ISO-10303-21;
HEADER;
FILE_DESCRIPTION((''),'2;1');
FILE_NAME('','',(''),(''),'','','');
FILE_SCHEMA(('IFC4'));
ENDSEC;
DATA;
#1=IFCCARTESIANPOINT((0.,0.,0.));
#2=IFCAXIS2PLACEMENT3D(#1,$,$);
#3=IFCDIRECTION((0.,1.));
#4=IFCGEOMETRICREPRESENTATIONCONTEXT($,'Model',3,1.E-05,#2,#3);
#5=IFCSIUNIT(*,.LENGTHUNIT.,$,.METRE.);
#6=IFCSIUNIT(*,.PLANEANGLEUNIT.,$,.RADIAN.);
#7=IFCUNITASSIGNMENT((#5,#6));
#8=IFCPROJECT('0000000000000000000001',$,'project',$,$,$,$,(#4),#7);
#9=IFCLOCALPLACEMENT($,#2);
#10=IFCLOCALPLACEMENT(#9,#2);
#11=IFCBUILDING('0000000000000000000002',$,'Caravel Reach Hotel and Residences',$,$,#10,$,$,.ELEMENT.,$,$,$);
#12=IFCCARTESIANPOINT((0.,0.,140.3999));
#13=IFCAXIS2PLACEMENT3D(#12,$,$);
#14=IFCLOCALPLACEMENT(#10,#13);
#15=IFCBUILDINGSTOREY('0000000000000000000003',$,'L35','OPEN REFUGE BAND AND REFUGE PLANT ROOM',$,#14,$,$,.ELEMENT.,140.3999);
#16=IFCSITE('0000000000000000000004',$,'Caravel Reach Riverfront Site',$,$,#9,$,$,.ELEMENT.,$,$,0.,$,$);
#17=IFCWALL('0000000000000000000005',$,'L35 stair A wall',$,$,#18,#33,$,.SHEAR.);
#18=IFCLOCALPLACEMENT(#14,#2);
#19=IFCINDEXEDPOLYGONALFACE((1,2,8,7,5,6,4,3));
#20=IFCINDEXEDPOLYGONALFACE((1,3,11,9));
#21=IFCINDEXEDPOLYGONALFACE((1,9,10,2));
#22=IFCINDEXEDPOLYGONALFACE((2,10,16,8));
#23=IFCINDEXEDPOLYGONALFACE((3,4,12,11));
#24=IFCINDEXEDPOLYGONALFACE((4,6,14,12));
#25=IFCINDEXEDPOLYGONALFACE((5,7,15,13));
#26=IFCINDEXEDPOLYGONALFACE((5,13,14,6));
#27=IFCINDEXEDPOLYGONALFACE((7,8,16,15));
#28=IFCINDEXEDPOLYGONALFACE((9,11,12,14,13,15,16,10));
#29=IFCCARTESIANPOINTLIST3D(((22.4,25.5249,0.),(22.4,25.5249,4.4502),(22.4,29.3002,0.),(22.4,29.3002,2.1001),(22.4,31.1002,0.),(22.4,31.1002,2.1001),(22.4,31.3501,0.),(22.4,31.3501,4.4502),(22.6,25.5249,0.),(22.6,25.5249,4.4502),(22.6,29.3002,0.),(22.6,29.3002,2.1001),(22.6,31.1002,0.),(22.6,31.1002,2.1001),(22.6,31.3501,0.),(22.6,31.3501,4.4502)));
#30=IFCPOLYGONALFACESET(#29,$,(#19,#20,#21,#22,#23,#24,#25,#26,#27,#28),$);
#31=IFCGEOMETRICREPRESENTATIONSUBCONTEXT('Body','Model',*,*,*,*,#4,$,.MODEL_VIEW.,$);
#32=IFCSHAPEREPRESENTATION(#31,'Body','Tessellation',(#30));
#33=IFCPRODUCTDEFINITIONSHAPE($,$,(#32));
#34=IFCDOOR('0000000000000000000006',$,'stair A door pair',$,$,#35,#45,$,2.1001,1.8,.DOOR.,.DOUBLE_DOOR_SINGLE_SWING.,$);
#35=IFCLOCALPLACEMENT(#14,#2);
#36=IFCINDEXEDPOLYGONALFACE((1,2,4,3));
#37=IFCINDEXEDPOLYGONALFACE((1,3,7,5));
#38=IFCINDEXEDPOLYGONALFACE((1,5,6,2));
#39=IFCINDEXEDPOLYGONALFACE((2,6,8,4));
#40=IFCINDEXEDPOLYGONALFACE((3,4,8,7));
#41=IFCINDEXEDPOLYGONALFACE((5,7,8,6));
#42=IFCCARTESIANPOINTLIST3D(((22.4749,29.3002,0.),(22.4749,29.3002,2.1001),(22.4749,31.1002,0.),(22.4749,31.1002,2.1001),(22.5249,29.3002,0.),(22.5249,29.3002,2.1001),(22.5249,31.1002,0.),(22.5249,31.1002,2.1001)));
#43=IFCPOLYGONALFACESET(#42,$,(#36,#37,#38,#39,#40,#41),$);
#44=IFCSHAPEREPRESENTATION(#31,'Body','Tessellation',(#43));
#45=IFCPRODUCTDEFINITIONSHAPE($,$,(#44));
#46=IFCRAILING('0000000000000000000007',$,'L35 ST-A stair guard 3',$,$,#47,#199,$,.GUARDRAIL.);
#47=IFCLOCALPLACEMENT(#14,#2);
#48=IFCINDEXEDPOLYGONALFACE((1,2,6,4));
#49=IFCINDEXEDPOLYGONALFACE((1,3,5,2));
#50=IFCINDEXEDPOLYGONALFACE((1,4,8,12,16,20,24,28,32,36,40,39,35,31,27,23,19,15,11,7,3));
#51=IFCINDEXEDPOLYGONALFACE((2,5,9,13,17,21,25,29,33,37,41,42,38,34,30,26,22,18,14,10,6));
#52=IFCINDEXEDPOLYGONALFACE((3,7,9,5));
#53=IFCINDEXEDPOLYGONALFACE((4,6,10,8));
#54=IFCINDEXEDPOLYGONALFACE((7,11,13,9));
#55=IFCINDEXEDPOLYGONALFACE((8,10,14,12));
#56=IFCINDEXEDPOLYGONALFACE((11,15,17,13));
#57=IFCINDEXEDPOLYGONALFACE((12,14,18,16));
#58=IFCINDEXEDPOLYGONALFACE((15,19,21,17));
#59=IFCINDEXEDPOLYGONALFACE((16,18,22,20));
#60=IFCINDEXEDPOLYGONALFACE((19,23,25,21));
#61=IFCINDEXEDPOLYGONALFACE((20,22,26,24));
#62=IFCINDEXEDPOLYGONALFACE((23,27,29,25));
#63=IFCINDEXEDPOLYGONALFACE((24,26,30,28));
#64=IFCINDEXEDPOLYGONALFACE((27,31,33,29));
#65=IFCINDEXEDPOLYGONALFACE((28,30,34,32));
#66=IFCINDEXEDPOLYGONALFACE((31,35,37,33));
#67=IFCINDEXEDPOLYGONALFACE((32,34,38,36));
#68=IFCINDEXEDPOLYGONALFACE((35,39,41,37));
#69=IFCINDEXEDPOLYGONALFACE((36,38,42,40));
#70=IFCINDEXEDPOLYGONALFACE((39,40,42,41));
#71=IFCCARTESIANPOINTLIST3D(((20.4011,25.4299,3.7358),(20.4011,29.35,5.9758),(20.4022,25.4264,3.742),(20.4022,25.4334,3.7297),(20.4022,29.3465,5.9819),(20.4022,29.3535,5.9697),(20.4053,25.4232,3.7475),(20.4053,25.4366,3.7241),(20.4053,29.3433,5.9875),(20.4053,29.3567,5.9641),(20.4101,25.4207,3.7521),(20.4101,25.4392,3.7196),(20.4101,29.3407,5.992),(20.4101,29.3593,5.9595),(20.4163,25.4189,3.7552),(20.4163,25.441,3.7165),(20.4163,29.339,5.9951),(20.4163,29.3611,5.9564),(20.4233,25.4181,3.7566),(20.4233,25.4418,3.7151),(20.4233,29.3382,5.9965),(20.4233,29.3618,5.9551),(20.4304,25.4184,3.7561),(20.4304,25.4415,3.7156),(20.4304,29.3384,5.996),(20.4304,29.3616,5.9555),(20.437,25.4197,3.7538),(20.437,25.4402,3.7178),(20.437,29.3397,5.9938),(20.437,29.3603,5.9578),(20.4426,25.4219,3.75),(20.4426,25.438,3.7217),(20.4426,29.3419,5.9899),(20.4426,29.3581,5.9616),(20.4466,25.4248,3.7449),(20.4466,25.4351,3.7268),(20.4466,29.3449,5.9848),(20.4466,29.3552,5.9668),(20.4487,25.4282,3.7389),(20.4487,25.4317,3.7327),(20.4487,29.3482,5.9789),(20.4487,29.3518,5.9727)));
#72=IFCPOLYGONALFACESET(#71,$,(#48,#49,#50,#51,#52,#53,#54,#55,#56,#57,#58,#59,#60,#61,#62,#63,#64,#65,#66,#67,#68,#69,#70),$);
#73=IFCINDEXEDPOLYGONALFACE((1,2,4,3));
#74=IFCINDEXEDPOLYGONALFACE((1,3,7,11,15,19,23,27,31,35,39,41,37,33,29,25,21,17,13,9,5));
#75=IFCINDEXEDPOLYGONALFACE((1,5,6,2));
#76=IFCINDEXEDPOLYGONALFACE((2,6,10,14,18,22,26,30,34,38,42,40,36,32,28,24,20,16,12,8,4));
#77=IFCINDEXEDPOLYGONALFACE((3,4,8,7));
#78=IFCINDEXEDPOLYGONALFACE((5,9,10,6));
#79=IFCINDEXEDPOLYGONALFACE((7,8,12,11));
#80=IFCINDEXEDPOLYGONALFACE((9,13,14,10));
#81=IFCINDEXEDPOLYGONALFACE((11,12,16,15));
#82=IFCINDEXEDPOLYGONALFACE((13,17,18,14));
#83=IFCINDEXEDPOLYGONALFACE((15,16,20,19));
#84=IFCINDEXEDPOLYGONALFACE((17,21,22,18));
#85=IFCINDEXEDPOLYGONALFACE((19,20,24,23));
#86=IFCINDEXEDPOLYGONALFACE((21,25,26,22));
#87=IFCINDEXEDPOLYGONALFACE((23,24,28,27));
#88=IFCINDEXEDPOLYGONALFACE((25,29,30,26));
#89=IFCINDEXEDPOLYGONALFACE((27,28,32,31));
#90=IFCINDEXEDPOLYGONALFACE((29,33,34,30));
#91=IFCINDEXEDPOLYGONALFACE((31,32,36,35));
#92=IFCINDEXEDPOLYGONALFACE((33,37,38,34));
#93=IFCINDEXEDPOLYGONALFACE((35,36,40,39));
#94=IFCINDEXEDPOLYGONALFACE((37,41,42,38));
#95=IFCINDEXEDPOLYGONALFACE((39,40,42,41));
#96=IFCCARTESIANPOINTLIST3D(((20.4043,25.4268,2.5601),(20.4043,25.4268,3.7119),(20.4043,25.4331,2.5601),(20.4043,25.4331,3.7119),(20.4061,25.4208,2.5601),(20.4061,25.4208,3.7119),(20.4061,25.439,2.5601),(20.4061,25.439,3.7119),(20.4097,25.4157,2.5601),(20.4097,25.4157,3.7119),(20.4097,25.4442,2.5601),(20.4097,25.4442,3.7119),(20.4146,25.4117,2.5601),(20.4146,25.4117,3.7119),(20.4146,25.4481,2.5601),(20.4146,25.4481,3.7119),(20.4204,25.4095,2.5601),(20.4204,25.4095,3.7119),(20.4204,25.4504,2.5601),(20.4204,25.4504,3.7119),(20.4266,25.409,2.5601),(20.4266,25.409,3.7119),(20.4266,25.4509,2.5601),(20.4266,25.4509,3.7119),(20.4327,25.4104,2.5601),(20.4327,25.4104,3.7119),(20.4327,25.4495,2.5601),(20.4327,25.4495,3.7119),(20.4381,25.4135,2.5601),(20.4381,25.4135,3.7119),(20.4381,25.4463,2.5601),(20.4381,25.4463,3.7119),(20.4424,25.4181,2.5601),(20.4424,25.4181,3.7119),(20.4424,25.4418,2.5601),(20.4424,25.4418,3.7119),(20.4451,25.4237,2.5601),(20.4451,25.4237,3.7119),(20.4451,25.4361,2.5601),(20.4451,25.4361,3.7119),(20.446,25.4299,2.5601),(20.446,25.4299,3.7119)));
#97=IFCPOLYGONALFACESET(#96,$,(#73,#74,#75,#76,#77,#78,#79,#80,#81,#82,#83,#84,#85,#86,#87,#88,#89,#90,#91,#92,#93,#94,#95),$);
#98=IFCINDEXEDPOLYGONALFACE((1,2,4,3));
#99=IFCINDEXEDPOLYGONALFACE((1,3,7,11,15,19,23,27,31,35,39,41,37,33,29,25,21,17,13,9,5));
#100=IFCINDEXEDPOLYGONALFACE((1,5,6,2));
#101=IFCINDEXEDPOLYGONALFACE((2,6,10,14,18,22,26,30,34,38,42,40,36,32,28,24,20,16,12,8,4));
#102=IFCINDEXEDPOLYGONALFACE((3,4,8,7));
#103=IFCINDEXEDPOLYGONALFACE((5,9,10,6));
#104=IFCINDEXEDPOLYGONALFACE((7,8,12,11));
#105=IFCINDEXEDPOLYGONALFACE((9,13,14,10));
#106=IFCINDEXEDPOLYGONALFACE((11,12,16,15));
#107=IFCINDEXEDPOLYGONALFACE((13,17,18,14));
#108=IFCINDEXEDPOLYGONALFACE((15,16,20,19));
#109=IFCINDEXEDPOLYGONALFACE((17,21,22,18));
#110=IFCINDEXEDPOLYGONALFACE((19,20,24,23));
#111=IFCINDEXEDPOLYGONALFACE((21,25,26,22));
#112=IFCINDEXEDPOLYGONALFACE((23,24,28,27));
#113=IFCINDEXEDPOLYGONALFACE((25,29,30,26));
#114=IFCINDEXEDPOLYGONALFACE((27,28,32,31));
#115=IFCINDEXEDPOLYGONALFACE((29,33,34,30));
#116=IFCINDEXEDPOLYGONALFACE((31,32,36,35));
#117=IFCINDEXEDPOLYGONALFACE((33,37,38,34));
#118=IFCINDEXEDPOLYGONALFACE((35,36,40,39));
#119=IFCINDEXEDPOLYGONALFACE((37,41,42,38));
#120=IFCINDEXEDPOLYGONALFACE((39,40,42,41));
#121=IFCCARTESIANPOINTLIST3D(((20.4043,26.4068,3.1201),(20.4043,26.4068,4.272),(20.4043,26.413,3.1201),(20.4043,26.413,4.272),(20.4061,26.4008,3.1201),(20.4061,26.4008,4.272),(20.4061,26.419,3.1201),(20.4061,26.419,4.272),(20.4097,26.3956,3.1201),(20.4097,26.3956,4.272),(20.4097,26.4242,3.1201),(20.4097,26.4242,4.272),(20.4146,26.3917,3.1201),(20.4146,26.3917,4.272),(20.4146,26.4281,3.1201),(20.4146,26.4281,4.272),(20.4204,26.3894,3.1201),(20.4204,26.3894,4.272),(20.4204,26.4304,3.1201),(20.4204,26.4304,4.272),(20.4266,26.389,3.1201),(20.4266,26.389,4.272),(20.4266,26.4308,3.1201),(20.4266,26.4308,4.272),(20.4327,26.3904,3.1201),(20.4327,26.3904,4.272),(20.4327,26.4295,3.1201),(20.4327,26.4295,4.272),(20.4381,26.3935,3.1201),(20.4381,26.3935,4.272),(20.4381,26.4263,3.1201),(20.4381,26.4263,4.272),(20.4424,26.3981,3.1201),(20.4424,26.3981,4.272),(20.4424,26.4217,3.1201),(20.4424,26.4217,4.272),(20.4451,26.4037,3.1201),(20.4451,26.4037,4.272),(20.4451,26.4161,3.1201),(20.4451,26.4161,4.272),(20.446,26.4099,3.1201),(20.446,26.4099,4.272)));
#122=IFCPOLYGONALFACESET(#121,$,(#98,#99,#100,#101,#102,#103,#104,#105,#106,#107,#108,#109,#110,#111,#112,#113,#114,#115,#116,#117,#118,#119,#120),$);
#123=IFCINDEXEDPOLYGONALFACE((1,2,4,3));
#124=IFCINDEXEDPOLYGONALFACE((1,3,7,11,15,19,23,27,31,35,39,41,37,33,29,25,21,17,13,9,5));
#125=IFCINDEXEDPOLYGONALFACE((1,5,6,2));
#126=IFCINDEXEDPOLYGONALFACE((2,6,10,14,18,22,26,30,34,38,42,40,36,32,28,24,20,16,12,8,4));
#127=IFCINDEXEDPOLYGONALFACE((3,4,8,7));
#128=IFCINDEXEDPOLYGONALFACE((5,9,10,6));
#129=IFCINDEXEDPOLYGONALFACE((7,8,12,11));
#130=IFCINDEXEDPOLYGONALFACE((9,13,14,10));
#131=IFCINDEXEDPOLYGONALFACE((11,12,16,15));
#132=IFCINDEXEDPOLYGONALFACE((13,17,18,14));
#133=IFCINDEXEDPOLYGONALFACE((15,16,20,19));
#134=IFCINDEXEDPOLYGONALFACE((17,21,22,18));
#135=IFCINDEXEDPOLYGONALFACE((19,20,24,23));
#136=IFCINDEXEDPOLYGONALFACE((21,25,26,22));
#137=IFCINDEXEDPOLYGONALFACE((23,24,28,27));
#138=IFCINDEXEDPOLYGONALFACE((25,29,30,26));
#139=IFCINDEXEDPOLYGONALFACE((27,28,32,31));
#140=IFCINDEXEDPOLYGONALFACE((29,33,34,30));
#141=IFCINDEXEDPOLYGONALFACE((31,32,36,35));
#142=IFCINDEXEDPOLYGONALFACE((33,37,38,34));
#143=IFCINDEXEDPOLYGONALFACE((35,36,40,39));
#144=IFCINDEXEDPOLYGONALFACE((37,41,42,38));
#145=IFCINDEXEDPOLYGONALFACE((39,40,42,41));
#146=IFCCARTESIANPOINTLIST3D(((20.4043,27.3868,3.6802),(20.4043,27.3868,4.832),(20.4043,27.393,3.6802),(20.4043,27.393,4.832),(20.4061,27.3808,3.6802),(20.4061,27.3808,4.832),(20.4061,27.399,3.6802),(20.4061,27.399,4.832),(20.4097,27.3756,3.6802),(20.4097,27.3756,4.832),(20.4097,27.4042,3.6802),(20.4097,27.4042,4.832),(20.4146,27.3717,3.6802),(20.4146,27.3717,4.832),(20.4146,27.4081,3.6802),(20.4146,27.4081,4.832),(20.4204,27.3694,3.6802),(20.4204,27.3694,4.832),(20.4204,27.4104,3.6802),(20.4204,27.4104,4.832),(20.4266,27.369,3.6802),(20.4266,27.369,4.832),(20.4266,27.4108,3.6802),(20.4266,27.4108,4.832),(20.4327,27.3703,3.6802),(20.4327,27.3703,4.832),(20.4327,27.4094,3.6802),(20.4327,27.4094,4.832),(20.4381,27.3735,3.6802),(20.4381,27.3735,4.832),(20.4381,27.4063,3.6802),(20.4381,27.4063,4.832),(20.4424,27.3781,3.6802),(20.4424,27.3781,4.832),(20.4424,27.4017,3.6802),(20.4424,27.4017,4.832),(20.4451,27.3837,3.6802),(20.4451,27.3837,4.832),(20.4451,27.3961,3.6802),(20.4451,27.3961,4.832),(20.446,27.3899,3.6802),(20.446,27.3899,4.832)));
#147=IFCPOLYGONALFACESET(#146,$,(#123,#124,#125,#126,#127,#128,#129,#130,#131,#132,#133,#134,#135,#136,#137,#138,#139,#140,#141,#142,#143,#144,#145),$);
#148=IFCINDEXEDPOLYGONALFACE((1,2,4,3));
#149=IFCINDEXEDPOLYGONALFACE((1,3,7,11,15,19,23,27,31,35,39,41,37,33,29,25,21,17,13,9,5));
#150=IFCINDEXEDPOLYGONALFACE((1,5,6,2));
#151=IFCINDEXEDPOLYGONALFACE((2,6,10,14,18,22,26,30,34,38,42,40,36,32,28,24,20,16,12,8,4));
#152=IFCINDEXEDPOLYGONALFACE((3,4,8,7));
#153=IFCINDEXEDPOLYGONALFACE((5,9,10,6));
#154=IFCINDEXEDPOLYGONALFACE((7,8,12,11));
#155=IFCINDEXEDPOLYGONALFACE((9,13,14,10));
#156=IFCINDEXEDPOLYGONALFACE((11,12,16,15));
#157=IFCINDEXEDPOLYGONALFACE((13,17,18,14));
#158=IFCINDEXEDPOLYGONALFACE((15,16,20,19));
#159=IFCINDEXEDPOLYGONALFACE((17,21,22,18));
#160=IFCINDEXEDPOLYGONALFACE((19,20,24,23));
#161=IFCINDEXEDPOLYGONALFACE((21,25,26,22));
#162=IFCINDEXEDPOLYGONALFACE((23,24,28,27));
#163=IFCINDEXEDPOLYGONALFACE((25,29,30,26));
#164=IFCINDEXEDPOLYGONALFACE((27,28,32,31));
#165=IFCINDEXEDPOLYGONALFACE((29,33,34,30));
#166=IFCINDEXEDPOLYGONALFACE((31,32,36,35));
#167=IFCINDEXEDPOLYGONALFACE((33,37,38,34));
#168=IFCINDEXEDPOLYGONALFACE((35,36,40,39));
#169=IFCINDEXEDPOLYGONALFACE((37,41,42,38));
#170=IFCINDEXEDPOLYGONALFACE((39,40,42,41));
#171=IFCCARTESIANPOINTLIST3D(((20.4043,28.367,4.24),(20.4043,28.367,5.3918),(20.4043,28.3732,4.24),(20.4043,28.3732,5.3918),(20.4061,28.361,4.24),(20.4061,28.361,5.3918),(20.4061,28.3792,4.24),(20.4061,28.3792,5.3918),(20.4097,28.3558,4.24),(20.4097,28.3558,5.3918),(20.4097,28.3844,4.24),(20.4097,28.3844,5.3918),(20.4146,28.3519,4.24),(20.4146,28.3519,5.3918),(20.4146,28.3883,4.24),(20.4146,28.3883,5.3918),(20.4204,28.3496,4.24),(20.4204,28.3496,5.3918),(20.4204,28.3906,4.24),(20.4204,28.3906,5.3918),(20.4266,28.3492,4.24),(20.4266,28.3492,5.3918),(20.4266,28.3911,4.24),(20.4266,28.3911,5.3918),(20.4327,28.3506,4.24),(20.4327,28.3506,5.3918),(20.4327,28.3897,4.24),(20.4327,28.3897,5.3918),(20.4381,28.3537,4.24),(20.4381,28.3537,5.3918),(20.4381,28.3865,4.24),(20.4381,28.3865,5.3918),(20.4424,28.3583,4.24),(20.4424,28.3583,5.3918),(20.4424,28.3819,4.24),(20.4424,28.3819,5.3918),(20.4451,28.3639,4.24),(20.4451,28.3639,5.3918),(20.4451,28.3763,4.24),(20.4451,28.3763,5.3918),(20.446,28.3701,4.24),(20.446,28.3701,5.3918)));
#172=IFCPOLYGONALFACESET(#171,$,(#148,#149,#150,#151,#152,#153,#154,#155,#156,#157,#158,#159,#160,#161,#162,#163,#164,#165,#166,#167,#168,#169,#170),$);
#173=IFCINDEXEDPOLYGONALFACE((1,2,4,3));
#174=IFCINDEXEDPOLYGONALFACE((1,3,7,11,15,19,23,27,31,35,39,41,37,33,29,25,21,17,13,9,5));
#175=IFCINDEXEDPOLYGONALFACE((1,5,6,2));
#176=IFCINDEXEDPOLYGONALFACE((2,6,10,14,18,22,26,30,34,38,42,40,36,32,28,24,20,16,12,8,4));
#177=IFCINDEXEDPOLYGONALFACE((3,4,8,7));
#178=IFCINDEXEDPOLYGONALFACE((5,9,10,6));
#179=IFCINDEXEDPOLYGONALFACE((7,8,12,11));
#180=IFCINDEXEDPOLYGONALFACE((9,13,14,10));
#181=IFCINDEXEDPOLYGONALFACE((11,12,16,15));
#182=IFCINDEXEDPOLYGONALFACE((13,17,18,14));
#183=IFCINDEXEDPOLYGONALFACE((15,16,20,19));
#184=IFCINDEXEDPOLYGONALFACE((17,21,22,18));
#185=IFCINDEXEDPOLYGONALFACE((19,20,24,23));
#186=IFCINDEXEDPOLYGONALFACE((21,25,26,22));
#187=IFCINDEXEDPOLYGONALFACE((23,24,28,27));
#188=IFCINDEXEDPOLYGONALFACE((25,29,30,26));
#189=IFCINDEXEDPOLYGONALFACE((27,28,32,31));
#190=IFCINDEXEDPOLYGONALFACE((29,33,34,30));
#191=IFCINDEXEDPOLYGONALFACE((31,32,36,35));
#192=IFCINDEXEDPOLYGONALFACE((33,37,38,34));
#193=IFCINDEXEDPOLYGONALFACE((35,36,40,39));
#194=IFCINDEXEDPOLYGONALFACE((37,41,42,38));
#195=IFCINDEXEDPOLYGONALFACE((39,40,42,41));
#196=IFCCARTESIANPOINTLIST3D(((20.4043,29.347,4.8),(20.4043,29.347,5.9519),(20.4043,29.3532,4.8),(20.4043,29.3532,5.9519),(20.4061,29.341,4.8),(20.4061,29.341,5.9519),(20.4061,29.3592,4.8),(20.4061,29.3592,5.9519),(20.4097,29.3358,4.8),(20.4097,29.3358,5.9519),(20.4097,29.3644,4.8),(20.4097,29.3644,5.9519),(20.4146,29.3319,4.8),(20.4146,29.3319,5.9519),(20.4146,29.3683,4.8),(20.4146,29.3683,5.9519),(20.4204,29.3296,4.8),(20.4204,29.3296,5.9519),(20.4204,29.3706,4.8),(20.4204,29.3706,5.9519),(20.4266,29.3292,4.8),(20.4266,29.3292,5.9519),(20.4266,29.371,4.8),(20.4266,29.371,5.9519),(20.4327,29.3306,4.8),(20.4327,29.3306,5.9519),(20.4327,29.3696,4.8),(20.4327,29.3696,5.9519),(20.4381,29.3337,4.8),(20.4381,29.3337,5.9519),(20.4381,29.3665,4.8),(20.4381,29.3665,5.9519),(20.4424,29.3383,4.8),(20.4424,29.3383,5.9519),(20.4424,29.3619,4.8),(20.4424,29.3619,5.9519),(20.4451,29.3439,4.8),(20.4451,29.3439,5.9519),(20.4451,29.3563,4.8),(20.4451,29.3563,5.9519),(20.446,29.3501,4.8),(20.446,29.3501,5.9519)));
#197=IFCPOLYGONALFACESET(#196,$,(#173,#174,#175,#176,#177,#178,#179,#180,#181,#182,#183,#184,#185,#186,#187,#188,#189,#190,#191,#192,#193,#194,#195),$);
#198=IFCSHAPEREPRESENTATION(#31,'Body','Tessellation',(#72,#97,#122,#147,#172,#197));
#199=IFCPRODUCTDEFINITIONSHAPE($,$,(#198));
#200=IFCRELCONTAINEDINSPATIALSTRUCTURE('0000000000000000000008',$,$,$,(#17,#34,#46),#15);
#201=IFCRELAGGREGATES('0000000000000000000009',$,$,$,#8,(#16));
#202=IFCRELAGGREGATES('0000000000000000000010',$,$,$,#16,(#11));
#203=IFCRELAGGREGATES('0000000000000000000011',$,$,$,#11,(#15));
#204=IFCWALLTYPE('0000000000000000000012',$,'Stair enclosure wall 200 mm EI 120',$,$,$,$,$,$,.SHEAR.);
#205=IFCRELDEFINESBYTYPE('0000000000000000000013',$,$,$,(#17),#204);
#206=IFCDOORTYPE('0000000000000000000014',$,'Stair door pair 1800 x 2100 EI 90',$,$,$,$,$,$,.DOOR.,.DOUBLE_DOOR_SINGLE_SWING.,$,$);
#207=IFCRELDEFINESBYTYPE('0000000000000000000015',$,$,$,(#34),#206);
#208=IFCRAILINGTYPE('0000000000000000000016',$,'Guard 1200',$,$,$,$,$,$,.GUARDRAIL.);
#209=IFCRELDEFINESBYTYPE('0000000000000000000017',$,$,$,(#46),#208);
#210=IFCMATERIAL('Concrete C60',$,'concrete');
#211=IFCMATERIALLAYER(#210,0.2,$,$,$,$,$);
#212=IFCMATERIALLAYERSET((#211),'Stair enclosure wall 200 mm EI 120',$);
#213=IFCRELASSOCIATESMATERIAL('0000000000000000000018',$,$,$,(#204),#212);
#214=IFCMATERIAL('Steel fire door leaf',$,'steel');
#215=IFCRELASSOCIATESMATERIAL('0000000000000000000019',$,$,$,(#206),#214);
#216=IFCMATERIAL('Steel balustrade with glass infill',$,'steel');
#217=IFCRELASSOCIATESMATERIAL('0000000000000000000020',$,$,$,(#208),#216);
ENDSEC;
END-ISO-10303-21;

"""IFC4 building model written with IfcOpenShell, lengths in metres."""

from ifc_helpers import new_model, si_unit, direction, frame, frame_2d, origin, origin_2d, place, context, subcontext, project, spatial, rectangle, circle, extrude, material, layer, layer_set, type_object, element, fill, save


model = new_model("IFC4")

# Units and contexts
model_context = context("Model", 3, precision=1e-05, world=origin(), true_north=direction((0.0, 1.0)))
body_context = subcontext(model_context, "Body", "Model", "MODEL_VIEW")
ifc_project = project(units=[si_unit("LENGTHUNIT", "METRE"), si_unit("PLANEANGLEUNIT", "RADIAN")], contexts=[model_context])

# Site, building, storey
site_placement = place(None, origin())
site = spatial("IfcSite", under=ifc_project, at=site_placement, Name="Caravel Reach Riverfront Site", CompositionType="ELEMENT", RefElevation=0.0)
building_placement = place(site_placement, origin())
building = spatial("IfcBuilding", under=site, at=building_placement, Name="Caravel Reach Hotel and Residences", CompositionType="ELEMENT")
storey_placement = place(building_placement, frame((0.0, 0.0, 140.3999)))
storey = spatial("IfcBuildingStorey", under=building, at=storey_placement, Name="L35", Description="OPEN REFUGE BAND AND REFUGE PLANT ROOM", CompositionType="ELEMENT", Elevation=140.3999)

# Wall, opening, door
ifc_material_1 = material(Name="Concrete C60", Category="concrete")
ifc_layer_1 = layer(ifc_material_1, 0.2)
ifc_layer_set_1 = layer_set([ifc_layer_1], Name="Stair enclosure wall 200 mm EI 120")
wall_type_1 = type_object("IfcWallType", Name="Stair enclosure wall 200 mm EI 120", PredefinedType="SHEAR", material=ifc_layer_set_1)
wall_1_placement = place(storey_placement, frame((22.5, 31.3501, 0.0), z_axis=(0.0, 0.0, 1.0), x_axis=(0.0, -1.0, 0.0)))
wall_1 = element("IfcWall", 1, at=wall_1_placement, inside=storey, type_object=wall_type_1, Name="L35 stair A wall", PredefinedType="SHEAR", context=body_context, shape_type="SweptSolid", body=[
    extrude(rectangle(XDim=5.8252, YDim=0.2, at=frame_2d((2.9126, 0.0))), origin(), (0.0, 0.0, 1.0), 4.4502),
])
opening_1_placement = place(wall_1_placement, frame((0.25, 0.0, 0.0)))
opening_1 = element("IfcOpeningElement", 2, at=opening_1_placement, cuts=wall_1, PredefinedType="OPENING", context=body_context, shape_type="SweptSolid", body=[
    extrude(rectangle(XDim=1.8, YDim=2.1001, at=frame_2d((0.8999, 1.05))), frame((0.0, 0.1099, 0.0), z_axis=(0.0, -1.0, 0.0), x_axis=(1.0, 0.0, 0.0)), (0.0, 0.0, 1.0), 0.22),
])
ifc_material_2 = material(Name="Steel fire door leaf", Category="steel")
door_type_1 = type_object("IfcDoorType", Name="Stair door pair 1800 x 2100 EI 90", OperationType="DOUBLE_DOOR_SINGLE_SWING", PredefinedType="DOOR", material=ifc_material_2)
door_1_placement = place(opening_1_placement, origin())
door_1 = element("IfcDoor", 3, at=door_1_placement, inside=storey, type_object=door_type_1, Name="stair A door pair", OperationType="DOUBLE_DOOR_SINGLE_SWING", OverallHeight=2.1001, OverallWidth=1.8, PredefinedType="DOOR", context=body_context, shape_type="SweptSolid", body=[
    extrude(rectangle(XDim=1.8, YDim=2.1001, at=frame_2d((0.8999, 1.05))), frame((0.0, 0.0249, 0.0), z_axis=(0.0, -1.0, 0.0), x_axis=(1.0, 0.0, 0.0)), (0.0, 0.0, 1.0), 0.05),
])
fill(opening_1, door_1)

# Railing
ifc_material_3 = material(Name="Steel balustrade with glass infill", Category="steel")
railing_type_1 = type_object("IfcRailingType", Name="Guard 1200", PredefinedType="GUARDRAIL", material=ifc_material_3)
railing_1_placement = place(storey_placement, frame((20.425, 25.4299, 2.5601)))
element("IfcRailing", 4, at=railing_1_placement, inside=storey, type_object=railing_type_1, Name="L35 ST-A stair guard 3", PredefinedType="GUARDRAIL", context=body_context, shape_type="SweptSolid", body=[
    extrude(circle(Radius=0.0239, at=origin_2d()), frame((0.0, 0.0, 1.1758), z_axis=(0.0, 0.868253, 0.496121), x_axis=(-1.0, 0.0, 0.0)), (0.0, 0.0, 1.0), 4.5149),
    extrude(circle(Radius=0.021, at=origin_2d()), origin(), (0.0, 0.0, 1.0), 1.1519),
    extrude(circle(Radius=0.021, at=origin_2d()), frame((0.0, 0.98, 0.5601)), (0.0, 0.0, 1.0), 1.1519),
    extrude(circle(Radius=0.021, at=origin_2d()), frame((0.0, 1.96, 1.1201)), (0.0, 0.0, 1.0), 1.1519),
    extrude(circle(Radius=0.021, at=origin_2d()), frame((0.0, 2.9402, 1.6799)), (0.0, 0.0, 1.0), 1.1519),
    extrude(circle(Radius=0.021, at=origin_2d()), frame((0.0, 3.9202, 2.24)), (0.0, 0.0, 1.0), 1.1519),
])

save(model, "model.ifc")
